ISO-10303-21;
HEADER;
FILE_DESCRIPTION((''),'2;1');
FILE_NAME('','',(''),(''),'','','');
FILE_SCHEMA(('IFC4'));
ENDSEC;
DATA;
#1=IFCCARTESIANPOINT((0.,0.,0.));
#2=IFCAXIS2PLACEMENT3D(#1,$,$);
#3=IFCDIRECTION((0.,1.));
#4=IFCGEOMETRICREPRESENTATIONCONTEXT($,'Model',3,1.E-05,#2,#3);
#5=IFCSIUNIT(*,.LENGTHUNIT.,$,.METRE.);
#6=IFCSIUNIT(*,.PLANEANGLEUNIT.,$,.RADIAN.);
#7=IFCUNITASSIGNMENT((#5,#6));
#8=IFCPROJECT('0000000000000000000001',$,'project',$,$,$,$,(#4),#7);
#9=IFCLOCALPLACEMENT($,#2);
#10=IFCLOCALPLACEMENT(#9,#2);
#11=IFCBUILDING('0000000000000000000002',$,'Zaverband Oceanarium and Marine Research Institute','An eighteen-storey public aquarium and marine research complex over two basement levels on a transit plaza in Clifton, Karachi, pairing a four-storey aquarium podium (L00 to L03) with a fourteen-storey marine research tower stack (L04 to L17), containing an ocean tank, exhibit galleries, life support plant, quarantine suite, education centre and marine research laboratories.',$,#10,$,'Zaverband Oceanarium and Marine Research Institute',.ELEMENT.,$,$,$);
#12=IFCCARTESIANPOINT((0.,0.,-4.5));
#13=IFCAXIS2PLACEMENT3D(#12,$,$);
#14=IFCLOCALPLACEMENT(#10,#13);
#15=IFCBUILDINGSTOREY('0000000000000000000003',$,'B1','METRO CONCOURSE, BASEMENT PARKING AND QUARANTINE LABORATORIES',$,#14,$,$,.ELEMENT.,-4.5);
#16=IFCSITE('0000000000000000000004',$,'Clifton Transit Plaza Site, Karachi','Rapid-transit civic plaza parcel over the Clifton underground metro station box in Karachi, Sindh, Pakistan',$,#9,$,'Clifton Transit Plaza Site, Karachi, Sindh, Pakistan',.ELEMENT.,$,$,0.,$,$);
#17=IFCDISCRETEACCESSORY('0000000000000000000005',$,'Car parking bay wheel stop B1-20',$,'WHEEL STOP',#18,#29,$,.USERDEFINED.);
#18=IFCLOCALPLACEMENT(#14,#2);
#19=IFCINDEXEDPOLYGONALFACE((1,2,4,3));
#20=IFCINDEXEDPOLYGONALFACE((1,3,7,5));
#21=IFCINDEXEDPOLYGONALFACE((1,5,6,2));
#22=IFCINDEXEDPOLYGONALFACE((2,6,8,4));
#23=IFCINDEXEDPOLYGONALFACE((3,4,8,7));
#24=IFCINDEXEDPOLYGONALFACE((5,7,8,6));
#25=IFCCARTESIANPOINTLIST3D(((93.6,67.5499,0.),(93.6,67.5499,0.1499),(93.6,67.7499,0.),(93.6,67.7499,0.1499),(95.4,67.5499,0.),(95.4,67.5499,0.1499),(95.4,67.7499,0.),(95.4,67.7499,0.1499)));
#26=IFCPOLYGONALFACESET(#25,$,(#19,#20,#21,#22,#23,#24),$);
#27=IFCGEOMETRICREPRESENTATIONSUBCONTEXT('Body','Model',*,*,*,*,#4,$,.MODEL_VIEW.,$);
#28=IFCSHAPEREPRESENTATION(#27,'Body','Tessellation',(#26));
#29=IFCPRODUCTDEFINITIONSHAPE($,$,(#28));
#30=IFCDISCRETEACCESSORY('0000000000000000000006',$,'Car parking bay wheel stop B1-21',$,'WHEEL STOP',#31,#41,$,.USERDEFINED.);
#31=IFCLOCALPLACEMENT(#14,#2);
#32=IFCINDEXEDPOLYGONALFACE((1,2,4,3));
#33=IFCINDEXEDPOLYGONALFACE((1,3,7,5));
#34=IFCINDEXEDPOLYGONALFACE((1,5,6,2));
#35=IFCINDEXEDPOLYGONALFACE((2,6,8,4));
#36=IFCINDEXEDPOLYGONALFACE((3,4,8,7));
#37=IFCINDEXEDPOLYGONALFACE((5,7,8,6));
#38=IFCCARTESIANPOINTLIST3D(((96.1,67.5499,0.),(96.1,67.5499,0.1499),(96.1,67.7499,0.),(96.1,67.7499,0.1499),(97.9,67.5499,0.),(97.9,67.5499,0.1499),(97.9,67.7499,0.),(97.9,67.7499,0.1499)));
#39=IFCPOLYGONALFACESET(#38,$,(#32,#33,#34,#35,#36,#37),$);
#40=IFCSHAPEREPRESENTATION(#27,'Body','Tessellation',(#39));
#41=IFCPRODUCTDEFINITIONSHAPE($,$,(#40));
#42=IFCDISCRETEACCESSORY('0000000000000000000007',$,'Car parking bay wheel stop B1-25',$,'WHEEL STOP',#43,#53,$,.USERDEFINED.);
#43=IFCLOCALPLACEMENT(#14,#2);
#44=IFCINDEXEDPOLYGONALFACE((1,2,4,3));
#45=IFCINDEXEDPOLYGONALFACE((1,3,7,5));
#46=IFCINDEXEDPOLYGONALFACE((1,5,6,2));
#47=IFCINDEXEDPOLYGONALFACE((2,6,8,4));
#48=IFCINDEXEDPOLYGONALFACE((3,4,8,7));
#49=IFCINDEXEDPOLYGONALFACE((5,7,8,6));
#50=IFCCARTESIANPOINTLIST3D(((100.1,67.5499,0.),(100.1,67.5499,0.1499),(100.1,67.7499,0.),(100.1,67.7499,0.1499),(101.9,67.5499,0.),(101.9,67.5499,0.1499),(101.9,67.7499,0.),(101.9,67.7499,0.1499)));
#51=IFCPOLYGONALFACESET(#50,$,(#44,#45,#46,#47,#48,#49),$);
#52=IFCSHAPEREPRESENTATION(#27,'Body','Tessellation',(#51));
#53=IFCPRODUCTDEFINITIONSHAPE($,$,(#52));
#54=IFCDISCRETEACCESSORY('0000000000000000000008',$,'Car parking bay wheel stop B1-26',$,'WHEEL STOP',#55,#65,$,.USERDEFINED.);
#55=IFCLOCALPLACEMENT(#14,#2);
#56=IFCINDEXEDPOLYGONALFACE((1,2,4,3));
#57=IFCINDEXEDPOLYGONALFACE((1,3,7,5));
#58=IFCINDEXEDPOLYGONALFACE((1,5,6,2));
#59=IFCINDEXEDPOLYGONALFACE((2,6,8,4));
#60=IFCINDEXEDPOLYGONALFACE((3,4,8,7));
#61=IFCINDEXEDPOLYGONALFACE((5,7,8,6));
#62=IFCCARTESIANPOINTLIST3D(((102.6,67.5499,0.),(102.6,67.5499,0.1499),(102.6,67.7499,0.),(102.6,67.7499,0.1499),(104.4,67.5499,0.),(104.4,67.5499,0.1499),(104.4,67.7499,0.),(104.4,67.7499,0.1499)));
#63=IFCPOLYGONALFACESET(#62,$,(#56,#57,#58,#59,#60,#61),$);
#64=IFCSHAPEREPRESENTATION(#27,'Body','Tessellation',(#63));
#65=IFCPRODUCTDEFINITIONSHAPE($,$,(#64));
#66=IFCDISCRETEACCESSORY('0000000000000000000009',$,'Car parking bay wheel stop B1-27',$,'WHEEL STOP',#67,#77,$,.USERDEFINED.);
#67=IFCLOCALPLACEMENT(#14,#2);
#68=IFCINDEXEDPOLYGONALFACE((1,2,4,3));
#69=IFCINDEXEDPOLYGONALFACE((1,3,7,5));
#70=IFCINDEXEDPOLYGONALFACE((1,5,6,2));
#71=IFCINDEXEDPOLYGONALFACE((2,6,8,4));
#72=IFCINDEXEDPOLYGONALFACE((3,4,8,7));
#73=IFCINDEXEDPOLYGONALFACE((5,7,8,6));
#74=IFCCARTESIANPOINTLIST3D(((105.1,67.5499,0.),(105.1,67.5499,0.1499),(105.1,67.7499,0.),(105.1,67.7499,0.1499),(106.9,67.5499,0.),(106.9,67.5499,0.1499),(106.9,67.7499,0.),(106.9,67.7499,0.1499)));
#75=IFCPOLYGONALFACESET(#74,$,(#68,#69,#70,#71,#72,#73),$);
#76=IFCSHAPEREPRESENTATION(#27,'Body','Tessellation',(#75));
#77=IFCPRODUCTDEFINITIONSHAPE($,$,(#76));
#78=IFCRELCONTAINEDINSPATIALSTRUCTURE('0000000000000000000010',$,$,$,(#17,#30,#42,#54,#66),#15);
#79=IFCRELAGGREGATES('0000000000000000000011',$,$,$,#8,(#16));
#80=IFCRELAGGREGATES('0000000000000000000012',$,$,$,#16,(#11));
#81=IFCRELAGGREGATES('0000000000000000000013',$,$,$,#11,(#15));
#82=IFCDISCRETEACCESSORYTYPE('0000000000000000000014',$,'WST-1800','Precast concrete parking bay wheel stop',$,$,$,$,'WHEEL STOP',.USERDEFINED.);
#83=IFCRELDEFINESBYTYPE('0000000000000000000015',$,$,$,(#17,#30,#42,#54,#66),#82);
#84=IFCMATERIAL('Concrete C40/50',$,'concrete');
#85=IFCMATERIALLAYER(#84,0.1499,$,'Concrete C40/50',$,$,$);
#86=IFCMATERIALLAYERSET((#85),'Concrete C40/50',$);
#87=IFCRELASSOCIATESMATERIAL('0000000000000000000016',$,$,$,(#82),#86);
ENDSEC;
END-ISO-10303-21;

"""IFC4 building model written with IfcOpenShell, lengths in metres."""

from ifc_helpers import new_model, si_unit, direction, frame, origin, origin_2d, place, context, subcontext, project, spatial, rectangle, extrude, material, layer, layer_set, type_object, element, save


model = new_model("IFC4")

# Units and contexts
model_context = context("Model", 3, precision=1e-05, world=origin(), true_north=direction((0.0, 1.0)))
body_context = subcontext(model_context, "Body", "Model", "MODEL_VIEW")
ifc_project = project(units=[si_unit("LENGTHUNIT", "METRE"), si_unit("PLANEANGLEUNIT", "RADIAN")], contexts=[model_context])

# Site, building, storey
site_placement = place(None, origin())
site = spatial("IfcSite", under=ifc_project, at=site_placement, Name="Clifton Transit Plaza Site, Karachi", Description="Rapid-transit civic plaza parcel over the Clifton underground metro station box in Karachi, Sindh, Pakistan", LongName="Clifton Transit Plaza Site, Karachi, Sindh, Pakistan", CompositionType="ELEMENT", RefElevation=0.0)
building_placement = place(site_placement, origin())
building = spatial("IfcBuilding", under=site, at=building_placement, Name="Zaverband Oceanarium and Marine Research Institute", Description="An eighteen-storey public aquarium and marine research complex over two basement levels on a transit plaza in Clifton, Karachi, pairing a four-storey aquarium podium (L00 to L03) with a fourteen-storey marine research tower stack (L04 to L17), containing an ocean tank, exhibit galleries, life support plant, quarantine suite, education centre and marine research laboratories.", LongName="Zaverband Oceanarium and Marine Research Institute", CompositionType="ELEMENT")
storey_placement = place(building_placement, frame((0.0, 0.0, -4.5)))
storey = spatial("IfcBuildingStorey", under=building, at=storey_placement, Name="B1", Description="METRO CONCOURSE, BASEMENT PARKING AND QUARANTINE LABORATORIES", CompositionType="ELEMENT", Elevation=-4.5)

# Shared definitions
ifc_material_1 = material(Name="Concrete C40/50", Category="concrete")

# Discrete accessories
ifc_layer = layer(ifc_material_1, 0.1499, Name="Concrete C40/50")
ifc_layer_set = layer_set([ifc_layer], Name="Concrete C40/50")
discrete_accessory_type = type_object("IfcDiscreteAccessoryType", Name="WST-1800", Description="Precast concrete parking bay wheel stop", ElementType="WHEEL STOP", PredefinedType="USERDEFINED", material=ifc_layer_set)
for number, where, z_axis, x_axis, name in (
    (1, (94.5, 67.6499, 0.0), (0.0, 0.0, 1.0), (1.0, 0.0, 0.0), "Car parking bay wheel stop B1-20"),
    (2, (97.0, 67.6499, 0.0), (0.0, 0.0, 1.0), (1.0, 0.0, 0.0), "Car parking bay wheel stop B1-21"),
    (3, (101.0, 67.6499, 0.0), (0.0, 0.0, 1.0), (1.0, 0.0, 0.0), "Car parking bay wheel stop B1-25"),
    (4, (103.5, 67.6499, 0.0), (0.0, 0.0, 1.0), (1.0, 0.0, 0.0), "Car parking bay wheel stop B1-26"),
    (5, (106.0, 67.6499, 0.0), (0.0, 0.0, 1.0), (1.0, 0.0, 0.0), "Car parking bay wheel stop B1-27"),
):
    element("IfcDiscreteAccessory", number, at=place(storey_placement, frame(where, z_axis=z_axis, x_axis=x_axis)), inside=storey, type_object=discrete_accessory_type, Name=name, ObjectType="WHEEL STOP", PredefinedType="USERDEFINED", context=body_context, shape_type="SweptSolid", body=[
        extrude(rectangle(XDim=1.8, YDim=0.2, at=origin_2d()), origin(), (0.0, 0.0, 1.0), 0.1499),
    ])

save(model, "model.ifc")
